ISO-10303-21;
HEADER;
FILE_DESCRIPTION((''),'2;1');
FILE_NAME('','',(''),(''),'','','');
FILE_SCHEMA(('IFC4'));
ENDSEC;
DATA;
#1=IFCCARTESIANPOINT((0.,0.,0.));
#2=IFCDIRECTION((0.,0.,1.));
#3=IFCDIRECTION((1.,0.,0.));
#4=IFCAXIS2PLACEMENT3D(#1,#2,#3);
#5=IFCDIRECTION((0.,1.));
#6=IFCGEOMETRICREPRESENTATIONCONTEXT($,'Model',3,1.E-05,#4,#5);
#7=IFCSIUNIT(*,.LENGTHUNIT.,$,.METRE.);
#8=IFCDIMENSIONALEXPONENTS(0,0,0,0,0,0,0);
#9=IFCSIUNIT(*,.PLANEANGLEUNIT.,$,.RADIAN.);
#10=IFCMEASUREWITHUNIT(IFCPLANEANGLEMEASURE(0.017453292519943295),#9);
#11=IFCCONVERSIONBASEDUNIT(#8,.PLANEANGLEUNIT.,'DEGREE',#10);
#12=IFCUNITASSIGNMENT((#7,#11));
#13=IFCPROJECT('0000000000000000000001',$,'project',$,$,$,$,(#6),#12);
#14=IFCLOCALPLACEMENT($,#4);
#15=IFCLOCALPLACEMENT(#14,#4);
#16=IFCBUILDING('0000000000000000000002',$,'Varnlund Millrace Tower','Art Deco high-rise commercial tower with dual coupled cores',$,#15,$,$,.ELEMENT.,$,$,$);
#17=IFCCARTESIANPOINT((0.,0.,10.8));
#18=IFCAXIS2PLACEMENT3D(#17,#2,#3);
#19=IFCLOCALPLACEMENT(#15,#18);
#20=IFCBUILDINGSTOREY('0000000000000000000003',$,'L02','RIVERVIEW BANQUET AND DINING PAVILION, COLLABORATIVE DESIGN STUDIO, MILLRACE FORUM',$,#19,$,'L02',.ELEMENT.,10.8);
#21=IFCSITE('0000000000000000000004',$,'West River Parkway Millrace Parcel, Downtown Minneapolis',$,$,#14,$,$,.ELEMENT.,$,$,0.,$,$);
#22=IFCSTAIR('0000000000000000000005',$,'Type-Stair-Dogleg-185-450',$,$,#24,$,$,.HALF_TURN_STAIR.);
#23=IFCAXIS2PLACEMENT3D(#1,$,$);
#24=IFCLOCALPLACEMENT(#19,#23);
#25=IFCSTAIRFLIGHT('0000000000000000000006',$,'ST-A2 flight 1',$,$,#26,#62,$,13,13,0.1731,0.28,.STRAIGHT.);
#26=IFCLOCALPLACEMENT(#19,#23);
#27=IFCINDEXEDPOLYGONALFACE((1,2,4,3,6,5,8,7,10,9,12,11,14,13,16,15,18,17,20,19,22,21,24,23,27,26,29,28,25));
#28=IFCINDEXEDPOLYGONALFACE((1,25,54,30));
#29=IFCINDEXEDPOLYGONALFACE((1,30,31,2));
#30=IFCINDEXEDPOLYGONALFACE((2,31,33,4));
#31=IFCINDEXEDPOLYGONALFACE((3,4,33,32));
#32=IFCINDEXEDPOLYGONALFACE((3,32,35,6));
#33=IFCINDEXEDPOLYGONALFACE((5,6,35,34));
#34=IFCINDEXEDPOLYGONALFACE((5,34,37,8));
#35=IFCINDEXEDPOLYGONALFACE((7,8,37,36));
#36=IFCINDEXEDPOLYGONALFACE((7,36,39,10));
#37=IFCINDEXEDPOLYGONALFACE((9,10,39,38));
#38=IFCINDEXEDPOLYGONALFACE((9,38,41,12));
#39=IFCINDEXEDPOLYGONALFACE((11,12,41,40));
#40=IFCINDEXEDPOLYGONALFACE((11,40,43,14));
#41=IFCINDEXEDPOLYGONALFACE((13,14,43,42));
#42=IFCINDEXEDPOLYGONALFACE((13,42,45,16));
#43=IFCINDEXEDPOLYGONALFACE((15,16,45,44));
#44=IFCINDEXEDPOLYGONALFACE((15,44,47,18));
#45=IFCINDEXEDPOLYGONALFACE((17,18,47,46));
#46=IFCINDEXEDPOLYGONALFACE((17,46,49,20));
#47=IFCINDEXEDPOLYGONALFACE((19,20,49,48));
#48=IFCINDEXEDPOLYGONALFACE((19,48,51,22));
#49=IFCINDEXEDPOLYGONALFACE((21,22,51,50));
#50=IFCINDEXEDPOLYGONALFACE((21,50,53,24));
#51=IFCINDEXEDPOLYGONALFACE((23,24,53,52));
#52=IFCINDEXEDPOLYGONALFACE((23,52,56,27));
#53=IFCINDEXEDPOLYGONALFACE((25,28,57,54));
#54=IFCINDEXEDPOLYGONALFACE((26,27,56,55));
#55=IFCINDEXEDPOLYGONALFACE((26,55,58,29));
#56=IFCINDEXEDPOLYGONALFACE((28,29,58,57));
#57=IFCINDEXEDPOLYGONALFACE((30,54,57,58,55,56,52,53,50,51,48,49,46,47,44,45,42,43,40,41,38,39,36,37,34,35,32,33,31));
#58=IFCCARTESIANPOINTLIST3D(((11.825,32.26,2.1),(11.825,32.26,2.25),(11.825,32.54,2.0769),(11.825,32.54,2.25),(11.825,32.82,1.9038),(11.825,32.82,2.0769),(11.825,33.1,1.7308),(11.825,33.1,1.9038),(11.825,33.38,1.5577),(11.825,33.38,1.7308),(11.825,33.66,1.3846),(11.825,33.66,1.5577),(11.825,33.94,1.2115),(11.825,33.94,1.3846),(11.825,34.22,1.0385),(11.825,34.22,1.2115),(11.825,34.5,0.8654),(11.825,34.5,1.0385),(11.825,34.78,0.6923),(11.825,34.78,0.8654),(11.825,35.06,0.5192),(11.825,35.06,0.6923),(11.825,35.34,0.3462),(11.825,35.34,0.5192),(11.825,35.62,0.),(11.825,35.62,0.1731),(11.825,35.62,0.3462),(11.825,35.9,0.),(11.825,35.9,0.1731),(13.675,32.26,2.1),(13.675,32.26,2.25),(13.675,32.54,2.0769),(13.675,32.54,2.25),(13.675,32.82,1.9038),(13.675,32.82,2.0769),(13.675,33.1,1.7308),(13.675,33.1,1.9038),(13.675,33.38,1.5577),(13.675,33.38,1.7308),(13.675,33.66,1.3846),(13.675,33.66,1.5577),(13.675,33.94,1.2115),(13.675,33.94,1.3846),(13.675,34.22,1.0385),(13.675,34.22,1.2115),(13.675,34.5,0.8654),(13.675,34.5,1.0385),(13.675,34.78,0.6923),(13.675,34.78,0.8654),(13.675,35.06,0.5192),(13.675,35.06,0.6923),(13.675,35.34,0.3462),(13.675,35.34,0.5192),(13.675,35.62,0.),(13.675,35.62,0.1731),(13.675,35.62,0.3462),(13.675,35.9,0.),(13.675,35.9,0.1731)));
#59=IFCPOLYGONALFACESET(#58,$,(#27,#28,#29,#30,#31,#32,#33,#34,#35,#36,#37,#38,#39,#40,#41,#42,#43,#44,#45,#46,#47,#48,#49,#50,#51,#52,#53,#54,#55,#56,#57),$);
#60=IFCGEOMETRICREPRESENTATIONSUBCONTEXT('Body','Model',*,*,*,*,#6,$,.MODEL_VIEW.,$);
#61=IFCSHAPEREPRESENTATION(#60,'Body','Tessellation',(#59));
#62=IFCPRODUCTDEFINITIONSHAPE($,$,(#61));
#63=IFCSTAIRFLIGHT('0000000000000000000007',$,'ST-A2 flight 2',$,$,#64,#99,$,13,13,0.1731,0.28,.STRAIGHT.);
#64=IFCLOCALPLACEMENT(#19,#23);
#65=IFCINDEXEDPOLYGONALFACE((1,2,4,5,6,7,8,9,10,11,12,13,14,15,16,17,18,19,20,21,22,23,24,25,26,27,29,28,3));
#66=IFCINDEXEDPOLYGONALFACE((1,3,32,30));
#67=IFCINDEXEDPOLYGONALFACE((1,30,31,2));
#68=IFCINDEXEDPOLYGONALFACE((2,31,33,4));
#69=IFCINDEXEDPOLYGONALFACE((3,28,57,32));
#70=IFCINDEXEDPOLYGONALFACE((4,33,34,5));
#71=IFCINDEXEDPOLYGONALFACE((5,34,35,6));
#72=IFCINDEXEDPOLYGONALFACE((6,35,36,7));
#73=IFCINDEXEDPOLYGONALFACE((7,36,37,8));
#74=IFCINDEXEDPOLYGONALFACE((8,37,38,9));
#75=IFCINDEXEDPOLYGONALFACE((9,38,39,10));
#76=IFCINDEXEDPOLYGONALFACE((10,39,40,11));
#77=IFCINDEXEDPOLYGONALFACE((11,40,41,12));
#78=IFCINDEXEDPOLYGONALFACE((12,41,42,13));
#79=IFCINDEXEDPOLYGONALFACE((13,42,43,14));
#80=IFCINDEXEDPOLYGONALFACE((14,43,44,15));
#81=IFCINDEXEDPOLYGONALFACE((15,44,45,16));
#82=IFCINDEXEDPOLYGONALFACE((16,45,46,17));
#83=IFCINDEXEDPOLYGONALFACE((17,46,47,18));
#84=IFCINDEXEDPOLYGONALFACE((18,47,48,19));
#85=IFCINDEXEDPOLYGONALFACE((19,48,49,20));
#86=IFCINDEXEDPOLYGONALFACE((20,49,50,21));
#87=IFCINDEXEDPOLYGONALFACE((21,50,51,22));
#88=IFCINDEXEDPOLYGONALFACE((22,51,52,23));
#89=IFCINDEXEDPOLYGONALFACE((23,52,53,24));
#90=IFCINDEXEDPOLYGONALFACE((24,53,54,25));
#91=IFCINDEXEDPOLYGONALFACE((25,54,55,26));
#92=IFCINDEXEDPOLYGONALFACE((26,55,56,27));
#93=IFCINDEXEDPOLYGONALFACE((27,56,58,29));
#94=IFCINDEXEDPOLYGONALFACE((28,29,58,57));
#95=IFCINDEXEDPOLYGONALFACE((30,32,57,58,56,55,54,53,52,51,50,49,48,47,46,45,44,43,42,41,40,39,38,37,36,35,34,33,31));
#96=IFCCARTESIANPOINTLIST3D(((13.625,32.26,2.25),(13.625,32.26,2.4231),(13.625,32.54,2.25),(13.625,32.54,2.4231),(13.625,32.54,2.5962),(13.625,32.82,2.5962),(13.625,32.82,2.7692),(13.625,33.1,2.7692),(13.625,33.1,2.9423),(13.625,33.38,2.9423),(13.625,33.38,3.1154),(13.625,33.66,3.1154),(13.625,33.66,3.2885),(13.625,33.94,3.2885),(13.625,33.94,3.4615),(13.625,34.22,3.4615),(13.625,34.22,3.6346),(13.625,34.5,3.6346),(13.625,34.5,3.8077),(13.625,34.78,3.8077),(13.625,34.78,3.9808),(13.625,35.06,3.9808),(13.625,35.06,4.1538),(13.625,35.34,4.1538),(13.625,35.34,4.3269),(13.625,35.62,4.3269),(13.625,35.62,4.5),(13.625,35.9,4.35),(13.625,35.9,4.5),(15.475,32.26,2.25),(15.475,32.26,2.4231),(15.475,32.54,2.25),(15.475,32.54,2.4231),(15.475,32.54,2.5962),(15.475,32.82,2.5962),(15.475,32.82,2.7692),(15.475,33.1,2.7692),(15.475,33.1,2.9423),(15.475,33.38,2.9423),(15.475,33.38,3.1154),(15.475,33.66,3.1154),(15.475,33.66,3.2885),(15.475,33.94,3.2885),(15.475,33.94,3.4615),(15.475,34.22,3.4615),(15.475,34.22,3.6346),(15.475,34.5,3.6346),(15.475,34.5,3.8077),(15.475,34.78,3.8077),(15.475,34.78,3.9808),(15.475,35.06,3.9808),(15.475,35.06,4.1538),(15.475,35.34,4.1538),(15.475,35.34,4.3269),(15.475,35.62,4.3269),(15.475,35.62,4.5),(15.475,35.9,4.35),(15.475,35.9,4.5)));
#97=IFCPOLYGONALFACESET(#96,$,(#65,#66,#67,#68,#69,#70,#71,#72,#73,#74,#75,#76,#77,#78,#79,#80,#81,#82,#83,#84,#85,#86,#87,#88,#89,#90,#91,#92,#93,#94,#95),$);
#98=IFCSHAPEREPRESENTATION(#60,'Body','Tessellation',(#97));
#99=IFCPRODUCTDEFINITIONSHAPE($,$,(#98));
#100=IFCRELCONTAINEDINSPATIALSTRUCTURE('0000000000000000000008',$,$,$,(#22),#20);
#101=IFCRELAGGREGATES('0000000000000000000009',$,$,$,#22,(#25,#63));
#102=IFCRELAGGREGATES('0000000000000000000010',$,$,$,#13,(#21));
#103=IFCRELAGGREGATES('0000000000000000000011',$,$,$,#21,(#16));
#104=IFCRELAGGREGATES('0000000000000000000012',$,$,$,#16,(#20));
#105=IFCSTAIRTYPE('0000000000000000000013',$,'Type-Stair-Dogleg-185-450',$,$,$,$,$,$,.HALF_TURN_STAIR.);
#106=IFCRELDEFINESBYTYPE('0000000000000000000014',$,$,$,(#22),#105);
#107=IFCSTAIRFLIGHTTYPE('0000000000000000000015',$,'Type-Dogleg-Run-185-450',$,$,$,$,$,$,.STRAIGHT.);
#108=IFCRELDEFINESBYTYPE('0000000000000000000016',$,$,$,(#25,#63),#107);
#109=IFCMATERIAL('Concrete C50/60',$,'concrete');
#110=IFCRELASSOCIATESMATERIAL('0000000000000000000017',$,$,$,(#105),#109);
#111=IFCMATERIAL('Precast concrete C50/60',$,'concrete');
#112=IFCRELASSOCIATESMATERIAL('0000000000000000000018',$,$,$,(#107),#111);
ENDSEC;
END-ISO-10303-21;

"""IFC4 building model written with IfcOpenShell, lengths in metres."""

from ifc_helpers import new_model, entity, si_unit, converted_unit, direction, frame, origin_with_axes, place, context, subcontext, project, spatial, polyline, outline, extrude, material, type_object, element, aggregate, save


model = new_model("IFC4")

# Units and contexts
model_context = context("Model", 3, precision=1e-05, world=origin_with_axes(), true_north=direction((0.0, 1.0)))
body_context = subcontext(model_context, "Body", "Model", "MODEL_VIEW")
ifc_project = project(units=[si_unit("LENGTHUNIT", "METRE"), converted_unit("PLANEANGLEUNIT", "DEGREE", entity("IfcPlaneAngleMeasure", 0.017453292519943295), si_unit("PLANEANGLEUNIT", "RADIAN"), dimensions=[0, 0, 0, 0, 0, 0, 0])], contexts=[model_context])

# Site, building, storey
site_placement = place(None, origin_with_axes())
site = spatial("IfcSite", under=ifc_project, at=site_placement, Name="West River Parkway Millrace Parcel, Downtown Minneapolis", CompositionType="ELEMENT", RefElevation=0.0)
building_placement = place(site_placement, origin_with_axes())
building = spatial("IfcBuilding", under=site, at=building_placement, Name="Varnlund Millrace Tower", Description="Art Deco high-rise commercial tower with dual coupled cores", CompositionType="ELEMENT")
storey_placement = place(building_placement, frame((0.0, 0.0, 10.8), z_axis=(0.0, 0.0, 1.0), x_axis=(1.0, 0.0, 0.0)))
storey = spatial("IfcBuildingStorey", under=building, at=storey_placement, Name="L02", Description="RIVERVIEW BANQUET AND DINING PAVILION, COLLABORATIVE DESIGN STUDIO, MILLRACE FORUM", LongName="L02", CompositionType="ELEMENT", Elevation=10.8)

# Stair, stair flights
ifc_material_1 = material(Name="Concrete C50/60", Category="concrete")
stair_type = type_object("IfcStairType", Name="Type-Stair-Dogleg-185-450", PredefinedType="HALF_TURN_STAIR", material=ifc_material_1)
stair_placement = place(storey_placement, origin_with_axes())
stair = element("IfcStair", 1, at=stair_placement, inside=storey, type_object=stair_type, Name="Type-Stair-Dogleg-185-450", PredefinedType="HALF_TURN_STAIR")
ifc_material_2 = material(Name="Precast concrete C50/60", Category="concrete")
stair_flight_type = type_object("IfcStairFlightType", Name="Type-Dogleg-Run-185-450", PredefinedType="STRAIGHT", material=ifc_material_2)
stair_flight_1_placement = place(storey_placement, frame((13.675, 35.9, 0.0), z_axis=(-1.0, 0.0, 0.0), x_axis=(0.0, -1.0, 0.0)))
stair_flight_1 = element("IfcStairFlight", 2, at=stair_flight_1_placement, type_object=stair_flight_type, Name="ST-A2 flight 1", NumberOfRisers=13, NumberOfTreads=13, PredefinedType="STRAIGHT", RiserHeight=0.1731, TreadLength=0.28, context=body_context, shape_type="SweptSolid", body=[
    extrude(outline(polyline([(0.0, 0.0), (0.0, 0.1731), (0.28, 0.1731), (0.28, 0.3462), (0.56, 0.3462), (0.56, 0.5192), (0.84, 0.5192), (0.84, 0.6923), (1.12, 0.6923), (1.12, 0.8654), (1.4, 0.8654), (1.4, 1.0385), (1.68, 1.0385), (1.68, 1.2115), (1.96, 1.2115), (1.96, 1.3846), (2.24, 1.3846), (2.24, 1.5577), (2.52, 1.5577), (2.52, 1.7308), (2.8, 1.7308), (2.8, 1.9038), (3.08, 1.9038), (3.08, 2.0769), (3.36, 2.0769), (3.36, 2.25), (3.64, 2.25), (3.64, 2.1), (0.28, 0.0), (0.0, 0.0)])), origin_with_axes(), (0.0, 0.0, 1.0), 1.85),
])
stair_flight_2_placement = place(storey_placement, frame((13.625, 32.26, 2.25), z_axis=(1.0, 0.0, 0.0), x_axis=(0.0, 1.0, 0.0)))
stair_flight_2 = element("IfcStairFlight", 3, at=stair_flight_2_placement, type_object=stair_flight_type, Name="ST-A2 flight 2", NumberOfRisers=13, NumberOfTreads=13, PredefinedType="STRAIGHT", RiserHeight=0.1731, TreadLength=0.28, context=body_context, shape_type="SweptSolid", body=[
    extrude(outline(polyline([(0.0, 0.0), (0.0, 0.1731), (0.28, 0.1731), (0.28, 0.3462), (0.56, 0.3462), (0.56, 0.5192), (0.84, 0.5192), (0.84, 0.6923), (1.12, 0.6923), (1.12, 0.8654), (1.4, 0.8654), (1.4, 1.0385), (1.68, 1.0385), (1.68, 1.2115), (1.96, 1.2115), (1.96, 1.3846), (2.24, 1.3846), (2.24, 1.5577), (2.52, 1.5577), (2.52, 1.7308), (2.8, 1.7308), (2.8, 1.9038), (3.08, 1.9038), (3.08, 2.0769), (3.36, 2.0769), (3.36, 2.25), (3.64, 2.25), (3.64, 2.1), (0.28, 0.0), (0.0, 0.0)])), origin_with_axes(), (0.0, 0.0, 1.0), 1.85),
])
aggregate(stair, [stair_flight_1, stair_flight_2])

save(model, "model.ifc")
